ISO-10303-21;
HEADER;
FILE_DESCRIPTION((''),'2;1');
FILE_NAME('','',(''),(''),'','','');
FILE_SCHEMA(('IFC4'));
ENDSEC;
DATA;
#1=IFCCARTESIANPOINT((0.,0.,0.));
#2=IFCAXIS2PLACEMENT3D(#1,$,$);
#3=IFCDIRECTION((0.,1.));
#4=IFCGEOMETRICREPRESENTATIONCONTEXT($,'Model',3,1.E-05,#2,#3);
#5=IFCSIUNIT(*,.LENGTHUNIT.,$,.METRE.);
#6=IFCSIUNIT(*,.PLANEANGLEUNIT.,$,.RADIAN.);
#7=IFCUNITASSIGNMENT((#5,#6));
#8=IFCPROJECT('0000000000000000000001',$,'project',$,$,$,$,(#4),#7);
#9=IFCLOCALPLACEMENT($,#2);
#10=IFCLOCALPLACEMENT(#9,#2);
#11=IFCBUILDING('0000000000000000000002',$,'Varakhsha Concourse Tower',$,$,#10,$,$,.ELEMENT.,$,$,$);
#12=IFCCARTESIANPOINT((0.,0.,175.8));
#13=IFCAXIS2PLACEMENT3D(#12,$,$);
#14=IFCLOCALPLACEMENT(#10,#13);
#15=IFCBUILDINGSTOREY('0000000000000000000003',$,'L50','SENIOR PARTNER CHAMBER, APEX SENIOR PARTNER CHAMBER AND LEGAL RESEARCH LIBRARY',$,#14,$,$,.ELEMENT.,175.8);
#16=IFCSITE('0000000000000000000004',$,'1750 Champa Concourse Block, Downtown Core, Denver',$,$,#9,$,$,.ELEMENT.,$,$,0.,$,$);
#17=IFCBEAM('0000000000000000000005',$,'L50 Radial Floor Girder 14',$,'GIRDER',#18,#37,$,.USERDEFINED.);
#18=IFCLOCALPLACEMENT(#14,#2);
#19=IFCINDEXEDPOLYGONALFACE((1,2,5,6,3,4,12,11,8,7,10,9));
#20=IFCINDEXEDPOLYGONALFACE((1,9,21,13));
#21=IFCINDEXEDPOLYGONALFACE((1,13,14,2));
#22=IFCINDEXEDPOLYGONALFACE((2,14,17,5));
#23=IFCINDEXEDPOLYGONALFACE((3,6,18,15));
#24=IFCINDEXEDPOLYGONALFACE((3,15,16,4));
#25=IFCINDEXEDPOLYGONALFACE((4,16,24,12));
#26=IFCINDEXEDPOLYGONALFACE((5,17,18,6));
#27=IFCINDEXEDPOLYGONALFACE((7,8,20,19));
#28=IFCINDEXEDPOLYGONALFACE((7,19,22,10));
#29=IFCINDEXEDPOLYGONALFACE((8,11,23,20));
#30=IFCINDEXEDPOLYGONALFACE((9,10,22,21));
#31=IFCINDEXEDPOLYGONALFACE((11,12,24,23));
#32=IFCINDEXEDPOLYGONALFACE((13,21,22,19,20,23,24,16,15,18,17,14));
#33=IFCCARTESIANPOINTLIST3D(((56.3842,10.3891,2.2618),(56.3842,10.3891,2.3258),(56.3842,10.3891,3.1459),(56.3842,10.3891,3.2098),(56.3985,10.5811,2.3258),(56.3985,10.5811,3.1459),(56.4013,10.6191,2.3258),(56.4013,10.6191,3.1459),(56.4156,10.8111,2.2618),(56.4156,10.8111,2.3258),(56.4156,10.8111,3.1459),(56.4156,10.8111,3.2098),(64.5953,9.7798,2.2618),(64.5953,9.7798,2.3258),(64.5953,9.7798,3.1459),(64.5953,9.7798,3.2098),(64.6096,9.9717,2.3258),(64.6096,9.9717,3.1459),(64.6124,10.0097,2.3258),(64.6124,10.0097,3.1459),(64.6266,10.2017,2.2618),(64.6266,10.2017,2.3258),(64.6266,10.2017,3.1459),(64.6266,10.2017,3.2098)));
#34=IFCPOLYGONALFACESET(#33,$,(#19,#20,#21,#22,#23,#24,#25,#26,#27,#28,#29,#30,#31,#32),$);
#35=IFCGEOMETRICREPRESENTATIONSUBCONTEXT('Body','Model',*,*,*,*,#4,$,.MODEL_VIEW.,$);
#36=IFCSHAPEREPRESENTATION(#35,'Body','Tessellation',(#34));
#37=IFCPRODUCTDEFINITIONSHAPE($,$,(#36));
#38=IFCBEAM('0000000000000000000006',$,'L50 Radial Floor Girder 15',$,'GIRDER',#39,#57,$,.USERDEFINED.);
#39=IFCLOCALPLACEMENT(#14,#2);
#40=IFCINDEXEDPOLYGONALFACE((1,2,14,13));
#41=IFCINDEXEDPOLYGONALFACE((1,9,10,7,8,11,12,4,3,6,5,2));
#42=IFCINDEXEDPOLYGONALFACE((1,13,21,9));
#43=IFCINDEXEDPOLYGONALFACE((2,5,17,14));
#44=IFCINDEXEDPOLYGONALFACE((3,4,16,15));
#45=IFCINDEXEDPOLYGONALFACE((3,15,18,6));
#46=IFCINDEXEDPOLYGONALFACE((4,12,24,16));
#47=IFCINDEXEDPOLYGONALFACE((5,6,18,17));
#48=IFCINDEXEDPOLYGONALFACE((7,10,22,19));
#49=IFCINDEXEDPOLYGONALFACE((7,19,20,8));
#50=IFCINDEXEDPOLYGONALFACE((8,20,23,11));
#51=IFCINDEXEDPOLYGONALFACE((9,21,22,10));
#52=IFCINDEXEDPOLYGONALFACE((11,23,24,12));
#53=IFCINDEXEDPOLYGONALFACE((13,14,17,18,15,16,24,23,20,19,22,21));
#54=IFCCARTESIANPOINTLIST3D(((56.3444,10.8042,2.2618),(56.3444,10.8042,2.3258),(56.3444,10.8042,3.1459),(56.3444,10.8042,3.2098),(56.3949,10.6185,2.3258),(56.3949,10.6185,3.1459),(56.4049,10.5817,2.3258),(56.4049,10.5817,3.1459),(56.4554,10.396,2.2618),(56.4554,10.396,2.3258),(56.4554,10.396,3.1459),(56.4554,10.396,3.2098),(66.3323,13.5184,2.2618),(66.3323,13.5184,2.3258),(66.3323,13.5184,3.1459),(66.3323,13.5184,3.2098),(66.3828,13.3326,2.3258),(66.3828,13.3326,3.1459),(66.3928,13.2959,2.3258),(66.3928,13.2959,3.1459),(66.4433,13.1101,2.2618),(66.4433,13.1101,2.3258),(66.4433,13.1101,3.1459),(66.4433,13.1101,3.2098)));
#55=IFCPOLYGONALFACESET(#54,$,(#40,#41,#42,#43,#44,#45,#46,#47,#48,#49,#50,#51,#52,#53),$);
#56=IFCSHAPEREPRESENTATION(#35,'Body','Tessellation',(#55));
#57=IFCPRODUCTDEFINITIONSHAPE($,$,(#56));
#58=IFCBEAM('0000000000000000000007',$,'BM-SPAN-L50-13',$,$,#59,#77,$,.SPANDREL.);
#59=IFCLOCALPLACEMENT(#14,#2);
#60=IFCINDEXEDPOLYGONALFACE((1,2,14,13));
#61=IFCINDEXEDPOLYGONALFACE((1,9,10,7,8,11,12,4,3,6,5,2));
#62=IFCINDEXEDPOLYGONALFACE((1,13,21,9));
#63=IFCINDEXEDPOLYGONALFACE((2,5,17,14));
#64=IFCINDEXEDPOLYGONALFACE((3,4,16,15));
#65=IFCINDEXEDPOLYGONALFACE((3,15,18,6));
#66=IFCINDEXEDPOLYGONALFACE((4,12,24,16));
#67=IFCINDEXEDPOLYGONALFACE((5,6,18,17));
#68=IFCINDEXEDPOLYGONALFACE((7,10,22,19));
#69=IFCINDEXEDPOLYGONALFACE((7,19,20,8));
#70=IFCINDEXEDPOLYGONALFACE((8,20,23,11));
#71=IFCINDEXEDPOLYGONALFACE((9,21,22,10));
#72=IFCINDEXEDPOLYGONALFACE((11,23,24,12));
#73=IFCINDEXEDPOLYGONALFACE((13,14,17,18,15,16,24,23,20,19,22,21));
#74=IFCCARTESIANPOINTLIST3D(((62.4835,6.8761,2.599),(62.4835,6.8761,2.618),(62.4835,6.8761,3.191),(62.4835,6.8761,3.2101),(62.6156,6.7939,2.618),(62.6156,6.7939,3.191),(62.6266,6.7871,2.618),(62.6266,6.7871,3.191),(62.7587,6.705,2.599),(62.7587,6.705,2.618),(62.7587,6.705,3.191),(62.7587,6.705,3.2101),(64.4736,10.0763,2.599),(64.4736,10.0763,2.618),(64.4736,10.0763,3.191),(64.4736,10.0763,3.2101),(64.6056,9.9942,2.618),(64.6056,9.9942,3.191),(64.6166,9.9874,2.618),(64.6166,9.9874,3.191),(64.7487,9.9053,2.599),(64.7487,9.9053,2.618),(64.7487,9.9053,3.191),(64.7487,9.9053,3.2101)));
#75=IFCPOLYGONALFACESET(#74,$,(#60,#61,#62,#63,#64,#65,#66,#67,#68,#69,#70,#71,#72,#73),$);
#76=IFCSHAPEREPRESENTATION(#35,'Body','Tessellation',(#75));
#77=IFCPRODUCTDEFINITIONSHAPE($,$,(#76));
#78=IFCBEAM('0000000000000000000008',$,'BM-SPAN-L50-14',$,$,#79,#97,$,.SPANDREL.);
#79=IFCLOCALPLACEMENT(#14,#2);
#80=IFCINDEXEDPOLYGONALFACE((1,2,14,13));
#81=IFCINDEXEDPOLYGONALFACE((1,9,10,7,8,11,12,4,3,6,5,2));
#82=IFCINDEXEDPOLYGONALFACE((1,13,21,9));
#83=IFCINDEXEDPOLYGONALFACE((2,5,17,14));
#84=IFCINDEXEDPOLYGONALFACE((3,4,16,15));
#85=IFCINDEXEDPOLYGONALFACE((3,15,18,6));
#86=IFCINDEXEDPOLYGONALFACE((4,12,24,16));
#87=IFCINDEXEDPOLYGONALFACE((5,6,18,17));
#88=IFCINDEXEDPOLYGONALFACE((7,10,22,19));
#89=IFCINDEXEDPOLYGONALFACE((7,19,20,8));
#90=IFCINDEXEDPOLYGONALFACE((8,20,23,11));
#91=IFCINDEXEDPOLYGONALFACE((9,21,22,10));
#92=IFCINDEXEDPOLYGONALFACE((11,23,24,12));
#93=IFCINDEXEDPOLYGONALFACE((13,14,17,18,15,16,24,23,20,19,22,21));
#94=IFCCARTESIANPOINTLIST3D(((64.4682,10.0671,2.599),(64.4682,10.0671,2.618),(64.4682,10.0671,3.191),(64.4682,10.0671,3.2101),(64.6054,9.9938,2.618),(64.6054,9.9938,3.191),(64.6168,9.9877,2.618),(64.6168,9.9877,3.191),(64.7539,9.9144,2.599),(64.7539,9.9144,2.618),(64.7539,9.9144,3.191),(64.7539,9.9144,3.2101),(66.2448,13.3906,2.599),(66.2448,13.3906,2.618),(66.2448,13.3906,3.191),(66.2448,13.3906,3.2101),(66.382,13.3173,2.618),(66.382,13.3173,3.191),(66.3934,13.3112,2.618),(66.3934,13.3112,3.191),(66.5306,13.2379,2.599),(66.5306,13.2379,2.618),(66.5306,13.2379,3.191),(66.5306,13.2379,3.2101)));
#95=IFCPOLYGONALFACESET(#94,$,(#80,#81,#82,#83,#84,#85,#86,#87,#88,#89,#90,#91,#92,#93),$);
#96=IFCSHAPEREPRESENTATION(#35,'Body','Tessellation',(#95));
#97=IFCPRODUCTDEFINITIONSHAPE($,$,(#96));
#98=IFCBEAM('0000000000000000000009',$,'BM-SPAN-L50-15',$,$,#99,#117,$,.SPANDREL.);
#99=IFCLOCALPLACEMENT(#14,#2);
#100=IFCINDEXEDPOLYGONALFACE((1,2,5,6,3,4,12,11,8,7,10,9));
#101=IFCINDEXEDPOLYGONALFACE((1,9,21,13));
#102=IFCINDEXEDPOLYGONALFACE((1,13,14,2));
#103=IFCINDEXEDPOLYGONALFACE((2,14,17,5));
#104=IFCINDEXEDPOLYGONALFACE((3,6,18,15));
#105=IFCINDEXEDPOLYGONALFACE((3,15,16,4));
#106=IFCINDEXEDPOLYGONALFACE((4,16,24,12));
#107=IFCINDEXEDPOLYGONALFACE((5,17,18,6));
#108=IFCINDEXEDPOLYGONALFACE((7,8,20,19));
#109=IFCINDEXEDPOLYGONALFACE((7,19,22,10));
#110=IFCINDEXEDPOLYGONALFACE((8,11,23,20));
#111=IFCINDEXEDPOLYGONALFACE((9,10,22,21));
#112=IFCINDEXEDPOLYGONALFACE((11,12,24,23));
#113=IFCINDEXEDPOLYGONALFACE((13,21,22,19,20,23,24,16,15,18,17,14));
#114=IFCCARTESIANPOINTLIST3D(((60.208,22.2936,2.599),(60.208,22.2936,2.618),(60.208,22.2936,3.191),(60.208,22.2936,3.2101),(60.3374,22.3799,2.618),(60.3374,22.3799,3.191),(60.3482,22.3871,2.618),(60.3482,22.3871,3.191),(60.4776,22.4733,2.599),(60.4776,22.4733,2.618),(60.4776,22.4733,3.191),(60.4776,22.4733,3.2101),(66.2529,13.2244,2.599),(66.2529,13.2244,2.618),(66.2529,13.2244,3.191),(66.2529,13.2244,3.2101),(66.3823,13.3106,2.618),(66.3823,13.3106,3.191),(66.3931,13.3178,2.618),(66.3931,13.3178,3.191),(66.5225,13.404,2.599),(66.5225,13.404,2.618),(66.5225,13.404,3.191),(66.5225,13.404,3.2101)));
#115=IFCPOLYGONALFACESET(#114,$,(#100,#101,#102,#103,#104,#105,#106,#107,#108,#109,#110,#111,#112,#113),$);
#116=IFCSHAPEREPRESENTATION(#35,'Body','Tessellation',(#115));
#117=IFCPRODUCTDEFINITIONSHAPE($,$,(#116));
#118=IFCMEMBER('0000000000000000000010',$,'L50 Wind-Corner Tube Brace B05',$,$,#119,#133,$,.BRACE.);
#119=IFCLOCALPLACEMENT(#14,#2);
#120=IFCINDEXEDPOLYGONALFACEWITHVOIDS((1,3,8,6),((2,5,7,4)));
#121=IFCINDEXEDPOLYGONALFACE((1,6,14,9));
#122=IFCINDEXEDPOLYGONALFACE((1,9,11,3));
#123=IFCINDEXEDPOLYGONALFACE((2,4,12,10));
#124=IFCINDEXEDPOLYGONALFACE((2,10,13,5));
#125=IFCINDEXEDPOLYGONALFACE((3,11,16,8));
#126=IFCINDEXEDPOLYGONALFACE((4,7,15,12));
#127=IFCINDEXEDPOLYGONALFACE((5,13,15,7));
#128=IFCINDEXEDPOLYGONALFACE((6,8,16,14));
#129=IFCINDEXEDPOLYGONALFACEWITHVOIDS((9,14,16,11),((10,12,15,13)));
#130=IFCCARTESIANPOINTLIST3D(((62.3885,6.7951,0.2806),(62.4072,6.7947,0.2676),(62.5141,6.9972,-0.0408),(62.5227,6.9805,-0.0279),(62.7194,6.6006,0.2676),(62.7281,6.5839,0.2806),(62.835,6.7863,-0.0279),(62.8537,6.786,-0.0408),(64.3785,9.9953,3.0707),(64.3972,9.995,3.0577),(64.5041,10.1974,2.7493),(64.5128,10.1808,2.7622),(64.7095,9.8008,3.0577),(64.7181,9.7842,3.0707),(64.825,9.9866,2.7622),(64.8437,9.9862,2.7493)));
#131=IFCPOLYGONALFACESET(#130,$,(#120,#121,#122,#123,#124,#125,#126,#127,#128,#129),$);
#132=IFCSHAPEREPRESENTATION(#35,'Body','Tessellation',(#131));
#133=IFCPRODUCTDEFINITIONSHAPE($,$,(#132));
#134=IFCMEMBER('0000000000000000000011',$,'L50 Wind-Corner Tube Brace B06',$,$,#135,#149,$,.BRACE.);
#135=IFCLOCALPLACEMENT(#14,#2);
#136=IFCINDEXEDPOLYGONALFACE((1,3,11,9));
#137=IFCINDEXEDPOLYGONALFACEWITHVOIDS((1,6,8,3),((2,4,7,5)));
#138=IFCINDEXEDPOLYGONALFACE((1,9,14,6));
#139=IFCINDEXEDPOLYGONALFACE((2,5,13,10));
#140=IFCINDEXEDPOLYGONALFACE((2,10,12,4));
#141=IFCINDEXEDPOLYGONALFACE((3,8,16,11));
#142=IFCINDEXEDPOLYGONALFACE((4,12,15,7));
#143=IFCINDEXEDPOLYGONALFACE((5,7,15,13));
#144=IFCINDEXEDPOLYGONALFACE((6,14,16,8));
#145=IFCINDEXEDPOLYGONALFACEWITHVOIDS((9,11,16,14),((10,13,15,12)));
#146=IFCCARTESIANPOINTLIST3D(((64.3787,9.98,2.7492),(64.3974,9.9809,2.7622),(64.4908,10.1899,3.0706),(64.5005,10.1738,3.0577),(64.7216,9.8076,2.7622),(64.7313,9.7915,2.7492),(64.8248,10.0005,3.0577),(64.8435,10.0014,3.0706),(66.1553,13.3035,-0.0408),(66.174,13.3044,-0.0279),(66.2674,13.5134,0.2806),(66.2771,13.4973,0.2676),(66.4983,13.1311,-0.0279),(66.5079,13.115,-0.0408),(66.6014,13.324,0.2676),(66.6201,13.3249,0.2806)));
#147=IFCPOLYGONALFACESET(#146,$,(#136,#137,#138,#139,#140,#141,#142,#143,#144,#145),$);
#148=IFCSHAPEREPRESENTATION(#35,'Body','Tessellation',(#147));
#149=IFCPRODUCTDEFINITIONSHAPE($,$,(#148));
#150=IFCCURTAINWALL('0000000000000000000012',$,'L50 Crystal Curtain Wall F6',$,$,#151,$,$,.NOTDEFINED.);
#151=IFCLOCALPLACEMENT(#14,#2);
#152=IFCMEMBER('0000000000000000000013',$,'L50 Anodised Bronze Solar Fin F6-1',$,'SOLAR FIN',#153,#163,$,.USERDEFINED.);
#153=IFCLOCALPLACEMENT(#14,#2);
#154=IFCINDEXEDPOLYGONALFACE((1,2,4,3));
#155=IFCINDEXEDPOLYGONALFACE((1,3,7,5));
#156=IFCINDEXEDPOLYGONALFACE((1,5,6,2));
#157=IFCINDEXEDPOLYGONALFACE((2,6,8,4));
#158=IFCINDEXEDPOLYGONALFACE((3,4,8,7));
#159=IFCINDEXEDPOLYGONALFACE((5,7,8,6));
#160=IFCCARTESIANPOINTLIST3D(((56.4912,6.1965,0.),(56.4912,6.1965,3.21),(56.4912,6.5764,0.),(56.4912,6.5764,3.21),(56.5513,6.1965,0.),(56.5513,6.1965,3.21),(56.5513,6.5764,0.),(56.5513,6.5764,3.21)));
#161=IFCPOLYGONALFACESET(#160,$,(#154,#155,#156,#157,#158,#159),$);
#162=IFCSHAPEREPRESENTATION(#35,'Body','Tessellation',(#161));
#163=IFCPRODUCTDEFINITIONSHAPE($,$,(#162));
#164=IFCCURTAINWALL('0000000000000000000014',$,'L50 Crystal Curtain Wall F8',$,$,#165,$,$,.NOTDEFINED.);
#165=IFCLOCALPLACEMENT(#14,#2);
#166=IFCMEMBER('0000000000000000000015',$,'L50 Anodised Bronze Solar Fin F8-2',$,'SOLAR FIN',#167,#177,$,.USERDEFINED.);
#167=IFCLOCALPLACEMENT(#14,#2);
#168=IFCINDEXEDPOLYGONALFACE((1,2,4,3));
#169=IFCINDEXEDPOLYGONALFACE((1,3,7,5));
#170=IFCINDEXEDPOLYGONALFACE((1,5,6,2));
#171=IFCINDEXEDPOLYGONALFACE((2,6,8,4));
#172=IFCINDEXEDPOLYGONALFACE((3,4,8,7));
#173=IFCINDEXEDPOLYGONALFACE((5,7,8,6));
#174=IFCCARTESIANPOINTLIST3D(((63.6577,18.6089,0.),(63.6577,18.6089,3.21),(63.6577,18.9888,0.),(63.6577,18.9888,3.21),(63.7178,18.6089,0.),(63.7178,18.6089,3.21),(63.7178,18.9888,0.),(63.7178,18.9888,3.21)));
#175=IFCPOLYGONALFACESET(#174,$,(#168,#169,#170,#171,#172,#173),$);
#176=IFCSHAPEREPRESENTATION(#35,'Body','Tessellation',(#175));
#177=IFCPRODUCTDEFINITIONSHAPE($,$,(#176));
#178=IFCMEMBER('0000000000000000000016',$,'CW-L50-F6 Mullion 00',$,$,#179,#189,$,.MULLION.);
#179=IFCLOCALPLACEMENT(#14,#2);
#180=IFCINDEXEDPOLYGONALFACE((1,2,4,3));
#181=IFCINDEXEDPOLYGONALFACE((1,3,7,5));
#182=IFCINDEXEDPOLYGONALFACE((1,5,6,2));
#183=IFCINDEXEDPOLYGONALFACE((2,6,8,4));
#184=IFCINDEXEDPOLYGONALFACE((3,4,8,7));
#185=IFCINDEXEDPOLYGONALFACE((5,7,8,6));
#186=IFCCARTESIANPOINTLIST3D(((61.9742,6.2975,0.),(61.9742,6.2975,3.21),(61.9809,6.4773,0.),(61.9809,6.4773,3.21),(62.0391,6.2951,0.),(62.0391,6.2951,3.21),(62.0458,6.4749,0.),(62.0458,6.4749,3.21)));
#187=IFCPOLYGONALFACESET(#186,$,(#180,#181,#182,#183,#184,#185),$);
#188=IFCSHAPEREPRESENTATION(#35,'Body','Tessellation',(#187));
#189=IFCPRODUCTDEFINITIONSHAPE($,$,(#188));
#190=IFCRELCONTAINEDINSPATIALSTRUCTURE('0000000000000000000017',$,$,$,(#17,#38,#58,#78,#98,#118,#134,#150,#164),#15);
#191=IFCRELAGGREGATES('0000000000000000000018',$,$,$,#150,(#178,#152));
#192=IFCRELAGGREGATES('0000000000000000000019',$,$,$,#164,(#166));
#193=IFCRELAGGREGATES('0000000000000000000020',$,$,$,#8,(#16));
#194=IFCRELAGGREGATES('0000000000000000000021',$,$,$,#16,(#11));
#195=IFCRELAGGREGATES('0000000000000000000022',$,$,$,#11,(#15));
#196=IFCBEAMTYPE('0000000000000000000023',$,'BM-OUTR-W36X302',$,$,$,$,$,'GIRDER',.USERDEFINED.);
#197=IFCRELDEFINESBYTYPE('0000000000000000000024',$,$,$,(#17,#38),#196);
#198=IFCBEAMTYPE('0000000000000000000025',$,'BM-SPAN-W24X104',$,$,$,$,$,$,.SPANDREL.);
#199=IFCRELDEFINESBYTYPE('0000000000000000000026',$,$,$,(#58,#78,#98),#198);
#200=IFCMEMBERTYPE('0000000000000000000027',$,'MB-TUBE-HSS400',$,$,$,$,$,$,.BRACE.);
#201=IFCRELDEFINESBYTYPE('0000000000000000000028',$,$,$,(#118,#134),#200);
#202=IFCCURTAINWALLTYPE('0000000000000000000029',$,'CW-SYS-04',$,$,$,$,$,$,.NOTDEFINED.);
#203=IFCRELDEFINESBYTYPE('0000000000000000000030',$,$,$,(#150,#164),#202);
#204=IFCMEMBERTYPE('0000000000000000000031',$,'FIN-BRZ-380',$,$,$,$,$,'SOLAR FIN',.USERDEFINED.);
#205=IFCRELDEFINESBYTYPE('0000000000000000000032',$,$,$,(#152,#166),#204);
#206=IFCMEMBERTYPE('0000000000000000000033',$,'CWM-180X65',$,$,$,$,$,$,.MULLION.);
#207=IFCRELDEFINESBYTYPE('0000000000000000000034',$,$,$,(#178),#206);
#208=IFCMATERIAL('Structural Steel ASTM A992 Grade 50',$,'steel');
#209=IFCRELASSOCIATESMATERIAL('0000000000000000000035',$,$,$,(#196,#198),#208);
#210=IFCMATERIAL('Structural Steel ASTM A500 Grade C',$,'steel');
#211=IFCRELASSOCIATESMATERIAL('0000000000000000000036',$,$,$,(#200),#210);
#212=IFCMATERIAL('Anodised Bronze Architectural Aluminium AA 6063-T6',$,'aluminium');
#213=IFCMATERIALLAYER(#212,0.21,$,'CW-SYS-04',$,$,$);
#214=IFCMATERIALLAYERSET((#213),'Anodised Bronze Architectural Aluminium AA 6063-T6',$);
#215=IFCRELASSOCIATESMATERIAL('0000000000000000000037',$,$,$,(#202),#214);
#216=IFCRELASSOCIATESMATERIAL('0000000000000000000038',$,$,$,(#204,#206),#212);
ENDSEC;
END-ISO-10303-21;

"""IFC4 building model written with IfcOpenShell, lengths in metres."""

from ifc_helpers import new_model, si_unit, direction, frame, origin, origin_2d, place, context, subcontext, project, spatial, rectangle, hollow_rectangle, i_section, extrude, source, transform, mapped, material, layer, layer_set, material_profile, profile_set, type_object, type_shapes, element, aggregate, save


model = new_model("IFC4")

# Units and contexts
model_context = context("Model", 3, precision=1e-05, world=origin(), true_north=direction((0.0, 1.0)))
body_context = subcontext(model_context, "Body", "Model", "MODEL_VIEW")
ifc_project = project(units=[si_unit("LENGTHUNIT", "METRE"), si_unit("PLANEANGLEUNIT", "RADIAN")], contexts=[model_context])

# Site, building, storey
site_placement = place(None, origin())
site = spatial("IfcSite", under=ifc_project, at=site_placement, Name="1750 Champa Concourse Block, Downtown Core, Denver", CompositionType="ELEMENT", RefElevation=0.0)
building_placement = place(site_placement, origin())
building = spatial("IfcBuilding", under=site, at=building_placement, Name="Varakhsha Concourse Tower", CompositionType="ELEMENT")
storey_placement = place(building_placement, frame((0.0, 0.0, 175.8)))
storey = spatial("IfcBuildingStorey", under=building, at=storey_placement, Name="L50", Description="SENIOR PARTNER CHAMBER, APEX SENIOR PARTNER CHAMBER AND LEGAL RESEARCH LIBRARY", CompositionType="ELEMENT", Elevation=175.8)

# Shared definitions
ifc_material_1 = material(Name="Structural Steel ASTM A992 Grade 50", Category="steel")

# Beams
ifc_material_profile_1 = material_profile(ifc_material_1, i_section(OverallWidth=0.4231, OverallDepth=0.948, WebThickness=0.0381, FlangeThickness=0.064, at=origin_2d()), Name="W36X302")
ifc_profile_set_1 = profile_set([ifc_material_profile_1], Name="Structural Steel ASTM A992 Grade 50")
beam_type_1 = type_object("IfcBeamType", Name="BM-OUTR-W36X302", ElementType="GIRDER", PredefinedType="USERDEFINED", material=ifc_profile_set_1)
beam_1_placement = place(storey_placement, frame((56.3999, 10.6001, 2.7358), z_axis=(0.997258, -0.074009, 0.0), x_axis=(0.074009, 0.997258, 0.0)))
element("IfcBeam", 1, at=beam_1_placement, inside=storey, type_object=beam_type_1, Name="L50 Radial Floor Girder 14", ObjectType="GIRDER", PredefinedType="USERDEFINED", context=body_context, shape_type="SweptSolid", body=[
    extrude(i_section(OverallWidth=0.4231, OverallDepth=0.948, WebThickness=0.0381, FlangeThickness=0.064, at=origin_2d()), origin(), (0.0, 0.0, 1.0), 8.2336),
])
beam_2_placement = place(storey_placement, frame((56.3999, 10.6001, 2.7358), z_axis=(0.965005, 0.262233, 0.0), x_axis=(-0.262233, 0.965005, 0.0)))
element("IfcBeam", 2, at=beam_2_placement, inside=storey, type_object=beam_type_1, Name="L50 Radial Floor Girder 15", ObjectType="GIRDER", PredefinedType="USERDEFINED", context=body_context, shape_type="SweptSolid", body=[
    extrude(i_section(OverallWidth=0.4231, OverallDepth=0.948, WebThickness=0.0381, FlangeThickness=0.064, at=origin_2d()), origin(), (0.0, 0.0, 1.0), 10.3501),
])
ifc_material_profile_2 = material_profile(ifc_material_1, i_section(OverallWidth=0.324, OverallDepth=0.6111, WebThickness=0.0129, FlangeThickness=0.019, at=origin_2d()), Name="W24X104")
ifc_profile_set_2 = profile_set([ifc_material_profile_2], Name="Structural Steel ASTM A992 Grade 50")
beam_type_2 = type_object("IfcBeamType", Name="BM-SPAN-W24X104", PredefinedType="SPANDREL", material=ifc_profile_set_2)
for number, where, z_axis, x_axis, name in (
    (3, (62.6211, 6.7905, 2.9045), (0.528064, 0.849204, 0.0), (-0.849204, 0.528064, 0.0), "BM-SPAN-L50-13"),
    (4, (64.6111, 9.9907, 2.9045), (0.471432, 0.881902, 0.0), (-0.881902, 0.471432, 0.0), "BM-SPAN-L50-14"),
):
    element("IfcBeam", number, at=place(storey_placement, frame(where, z_axis=z_axis, x_axis=x_axis)), inside=storey, type_object=beam_type_2, Name=name, PredefinedType="SPANDREL", context=body_context, shape_type="SweptSolid", body=[
        extrude(i_section(OverallWidth=0.324, OverallDepth=0.6111, WebThickness=0.0129, FlangeThickness=0.019, at=origin_2d()), origin(), (0.0, 0.0, 1.0), 3.7686),
    ])
beam_3_placement = place(storey_placement, frame((66.3877, 13.3142, 2.9045), z_axis=(-0.554617, 0.832105, 0.0), x_axis=(-0.832105, -0.554617, 0.0)))
element("IfcBeam", 5, at=beam_3_placement, inside=storey, type_object=beam_type_2, Name="BM-SPAN-L50-15", PredefinedType="SPANDREL", context=body_context, shape_type="SweptSolid", body=[
    extrude(i_section(OverallWidth=0.324, OverallDepth=0.6111, WebThickness=0.0129, FlangeThickness=0.019, at=origin_2d()), origin(), (0.0, 0.0, 1.0), 10.8992),
])

# Members
ifc_material_2 = material(Name="Structural Steel ASTM A500 Grade C", Category="steel")
ifc_material_profile_3 = material_profile(ifc_material_2, hollow_rectangle(XDim=0.3999, YDim=0.3999, WallThickness=0.0161, at=origin_2d()), Name="HSS 400x400x16")
ifc_profile_set_3 = profile_set([ifc_material_profile_3], Name="Structural Steel ASTM A500 Grade C")
member_type_1 = type_object("IfcMemberType", Name="MB-TUBE-HSS400", PredefinedType="BRACE", material=ifc_profile_set_3)
shared_shape_1 = source(origin(), body_context, "Body", "SweptSolid", [
    extrude(hollow_rectangle(XDim=0.3999, YDim=0.3999, WallThickness=0.0161, at=origin_2d()), origin(), (0.0, 0.0, 1.0), 4.689),
])
type_shapes(member_type_1, [shared_shape_1])
for number, where, z_axis, x_axis, name in (
    (6, (62.6211, 6.7905, 0.1199), (0.424406, 0.682507, 0.595033), (-0.849204, 0.528064, 0.0), "L50 Wind-Corner Tube Brace B05"),
    (7, (66.3877, 13.3142, 0.1199), (-0.378893, -0.708792, 0.595025), (0.881902, -0.471432, 0.0), "L50 Wind-Corner Tube Brace B06"),
):
    element("IfcMember", number, at=place(storey_placement, frame(where, z_axis=z_axis, x_axis=x_axis)), inside=storey, type_object=member_type_1, Name=name, PredefinedType="BRACE", context=body_context, shape_type="MappedRepresentation", body=[
        mapped(shared_shape_1, transform((0.0, 0.0, 0.0), scale=1.0)),
    ])

# Curtain walls, members
ifc_material_3 = material(Name="Anodised Bronze Architectural Aluminium AA 6063-T6", Category="aluminium")
ifc_layer_1 = layer(ifc_material_3, 0.21, Name="CW-SYS-04")
ifc_layer_set_1 = layer_set([ifc_layer_1], Name="Anodised Bronze Architectural Aluminium AA 6063-T6")
curtain_wall_type = type_object("IfcCurtainWallType", Name="CW-SYS-04", PredefinedType="NOTDEFINED", material=ifc_layer_set_1)
curtain_wall_1_placement = place(storey_placement, origin())
curtain_wall_1 = element("IfcCurtainWall", 8, at=curtain_wall_1_placement, inside=storey, type_object=curtain_wall_type, Name="L50 Crystal Curtain Wall F6", PredefinedType="NOTDEFINED")
ifc_material_profile_4 = material_profile(ifc_material_3, rectangle(XDim=0.0601, YDim=0.3799, at=origin_2d()), Name="FIN-BRZ-380")
ifc_profile_set_4 = profile_set([ifc_material_profile_4], Name="Anodised Bronze Architectural Aluminium AA 6063-T6")
member_type_2 = type_object("IfcMemberType", Name="FIN-BRZ-380", ElementType="SOLAR FIN", PredefinedType="USERDEFINED", material=ifc_profile_set_4)
shared_shape_2 = source(origin(), body_context, "Body", "SweptSolid", [
    extrude(rectangle(XDim=0.0601, YDim=0.3799, at=origin_2d()), origin(), (0.0, 0.0, 1.0), 3.21),
])
type_shapes(member_type_2, [shared_shape_2])
member_1_placement = place(storey_placement, frame((56.5212, 6.3865, 0.0), z_axis=(0.0, 0.0, 1.0), x_axis=(1.0, 0.0, 0.0)))
member_1 = element("IfcMember", 9, at=member_1_placement, type_object=member_type_2, Name="L50 Anodised Bronze Solar Fin F6-1", ObjectType="SOLAR FIN", PredefinedType="USERDEFINED", context=body_context, shape_type="MappedRepresentation", body=[
    mapped(shared_shape_2, transform((0.0, 0.0, 0.0), scale=1.0)),
])
curtain_wall_2_placement = place(storey_placement, origin())
curtain_wall_2 = element("IfcCurtainWall", 10, at=curtain_wall_2_placement, inside=storey, type_object=curtain_wall_type, Name="L50 Crystal Curtain Wall F8", PredefinedType="NOTDEFINED")
member_2_placement = place(storey_placement, frame((63.6877, 18.7988, 0.0), z_axis=(0.0, 0.0, 1.0), x_axis=(1.0, 0.0, 0.0)))
member_2 = element("IfcMember", 11, at=member_2_placement, type_object=member_type_2, Name="L50 Anodised Bronze Solar Fin F8-2", ObjectType="SOLAR FIN", PredefinedType="USERDEFINED", context=body_context, shape_type="MappedRepresentation", body=[
    mapped(shared_shape_2, transform((0.0, 0.0, 0.0), scale=1.0)),
])

# Member
ifc_material_profile_5 = material_profile(ifc_material_3, rectangle(XDim=0.0649, YDim=0.1799, at=origin_2d()), Name="CWM-180X65")
ifc_profile_set_5 = profile_set([ifc_material_profile_5], Name="Anodised Bronze Architectural Aluminium AA 6063-T6")
member_type_3 = type_object("IfcMemberType", Name="CWM-180X65", PredefinedType="MULLION", material=ifc_profile_set_5)
shared_shape_3 = source(origin(), body_context, "Body", "SweptSolid", [
    extrude(rectangle(XDim=0.0649, YDim=0.1799, at=origin_2d()), origin(), (0.0, 0.0, 1.0), 3.21),
])
type_shapes(member_type_3, [shared_shape_3])
member_3_placement = place(storey_placement, frame((62.01, 6.3862, 0.0), z_axis=(0.0, 0.0, 1.0), x_axis=(-0.999301, 0.037376, 0.0)))
member_3 = element("IfcMember", 12, at=member_3_placement, type_object=member_type_3, Name="CW-L50-F6 Mullion 00", PredefinedType="MULLION", context=body_context, shape_type="MappedRepresentation", body=[
    mapped(shared_shape_3, transform((0.0, 0.0, 0.0), scale=1.0)),
])

aggregate(curtain_wall_1, [member_3, member_1])
aggregate(curtain_wall_2, [member_2])

save(model, "model.ifc")
